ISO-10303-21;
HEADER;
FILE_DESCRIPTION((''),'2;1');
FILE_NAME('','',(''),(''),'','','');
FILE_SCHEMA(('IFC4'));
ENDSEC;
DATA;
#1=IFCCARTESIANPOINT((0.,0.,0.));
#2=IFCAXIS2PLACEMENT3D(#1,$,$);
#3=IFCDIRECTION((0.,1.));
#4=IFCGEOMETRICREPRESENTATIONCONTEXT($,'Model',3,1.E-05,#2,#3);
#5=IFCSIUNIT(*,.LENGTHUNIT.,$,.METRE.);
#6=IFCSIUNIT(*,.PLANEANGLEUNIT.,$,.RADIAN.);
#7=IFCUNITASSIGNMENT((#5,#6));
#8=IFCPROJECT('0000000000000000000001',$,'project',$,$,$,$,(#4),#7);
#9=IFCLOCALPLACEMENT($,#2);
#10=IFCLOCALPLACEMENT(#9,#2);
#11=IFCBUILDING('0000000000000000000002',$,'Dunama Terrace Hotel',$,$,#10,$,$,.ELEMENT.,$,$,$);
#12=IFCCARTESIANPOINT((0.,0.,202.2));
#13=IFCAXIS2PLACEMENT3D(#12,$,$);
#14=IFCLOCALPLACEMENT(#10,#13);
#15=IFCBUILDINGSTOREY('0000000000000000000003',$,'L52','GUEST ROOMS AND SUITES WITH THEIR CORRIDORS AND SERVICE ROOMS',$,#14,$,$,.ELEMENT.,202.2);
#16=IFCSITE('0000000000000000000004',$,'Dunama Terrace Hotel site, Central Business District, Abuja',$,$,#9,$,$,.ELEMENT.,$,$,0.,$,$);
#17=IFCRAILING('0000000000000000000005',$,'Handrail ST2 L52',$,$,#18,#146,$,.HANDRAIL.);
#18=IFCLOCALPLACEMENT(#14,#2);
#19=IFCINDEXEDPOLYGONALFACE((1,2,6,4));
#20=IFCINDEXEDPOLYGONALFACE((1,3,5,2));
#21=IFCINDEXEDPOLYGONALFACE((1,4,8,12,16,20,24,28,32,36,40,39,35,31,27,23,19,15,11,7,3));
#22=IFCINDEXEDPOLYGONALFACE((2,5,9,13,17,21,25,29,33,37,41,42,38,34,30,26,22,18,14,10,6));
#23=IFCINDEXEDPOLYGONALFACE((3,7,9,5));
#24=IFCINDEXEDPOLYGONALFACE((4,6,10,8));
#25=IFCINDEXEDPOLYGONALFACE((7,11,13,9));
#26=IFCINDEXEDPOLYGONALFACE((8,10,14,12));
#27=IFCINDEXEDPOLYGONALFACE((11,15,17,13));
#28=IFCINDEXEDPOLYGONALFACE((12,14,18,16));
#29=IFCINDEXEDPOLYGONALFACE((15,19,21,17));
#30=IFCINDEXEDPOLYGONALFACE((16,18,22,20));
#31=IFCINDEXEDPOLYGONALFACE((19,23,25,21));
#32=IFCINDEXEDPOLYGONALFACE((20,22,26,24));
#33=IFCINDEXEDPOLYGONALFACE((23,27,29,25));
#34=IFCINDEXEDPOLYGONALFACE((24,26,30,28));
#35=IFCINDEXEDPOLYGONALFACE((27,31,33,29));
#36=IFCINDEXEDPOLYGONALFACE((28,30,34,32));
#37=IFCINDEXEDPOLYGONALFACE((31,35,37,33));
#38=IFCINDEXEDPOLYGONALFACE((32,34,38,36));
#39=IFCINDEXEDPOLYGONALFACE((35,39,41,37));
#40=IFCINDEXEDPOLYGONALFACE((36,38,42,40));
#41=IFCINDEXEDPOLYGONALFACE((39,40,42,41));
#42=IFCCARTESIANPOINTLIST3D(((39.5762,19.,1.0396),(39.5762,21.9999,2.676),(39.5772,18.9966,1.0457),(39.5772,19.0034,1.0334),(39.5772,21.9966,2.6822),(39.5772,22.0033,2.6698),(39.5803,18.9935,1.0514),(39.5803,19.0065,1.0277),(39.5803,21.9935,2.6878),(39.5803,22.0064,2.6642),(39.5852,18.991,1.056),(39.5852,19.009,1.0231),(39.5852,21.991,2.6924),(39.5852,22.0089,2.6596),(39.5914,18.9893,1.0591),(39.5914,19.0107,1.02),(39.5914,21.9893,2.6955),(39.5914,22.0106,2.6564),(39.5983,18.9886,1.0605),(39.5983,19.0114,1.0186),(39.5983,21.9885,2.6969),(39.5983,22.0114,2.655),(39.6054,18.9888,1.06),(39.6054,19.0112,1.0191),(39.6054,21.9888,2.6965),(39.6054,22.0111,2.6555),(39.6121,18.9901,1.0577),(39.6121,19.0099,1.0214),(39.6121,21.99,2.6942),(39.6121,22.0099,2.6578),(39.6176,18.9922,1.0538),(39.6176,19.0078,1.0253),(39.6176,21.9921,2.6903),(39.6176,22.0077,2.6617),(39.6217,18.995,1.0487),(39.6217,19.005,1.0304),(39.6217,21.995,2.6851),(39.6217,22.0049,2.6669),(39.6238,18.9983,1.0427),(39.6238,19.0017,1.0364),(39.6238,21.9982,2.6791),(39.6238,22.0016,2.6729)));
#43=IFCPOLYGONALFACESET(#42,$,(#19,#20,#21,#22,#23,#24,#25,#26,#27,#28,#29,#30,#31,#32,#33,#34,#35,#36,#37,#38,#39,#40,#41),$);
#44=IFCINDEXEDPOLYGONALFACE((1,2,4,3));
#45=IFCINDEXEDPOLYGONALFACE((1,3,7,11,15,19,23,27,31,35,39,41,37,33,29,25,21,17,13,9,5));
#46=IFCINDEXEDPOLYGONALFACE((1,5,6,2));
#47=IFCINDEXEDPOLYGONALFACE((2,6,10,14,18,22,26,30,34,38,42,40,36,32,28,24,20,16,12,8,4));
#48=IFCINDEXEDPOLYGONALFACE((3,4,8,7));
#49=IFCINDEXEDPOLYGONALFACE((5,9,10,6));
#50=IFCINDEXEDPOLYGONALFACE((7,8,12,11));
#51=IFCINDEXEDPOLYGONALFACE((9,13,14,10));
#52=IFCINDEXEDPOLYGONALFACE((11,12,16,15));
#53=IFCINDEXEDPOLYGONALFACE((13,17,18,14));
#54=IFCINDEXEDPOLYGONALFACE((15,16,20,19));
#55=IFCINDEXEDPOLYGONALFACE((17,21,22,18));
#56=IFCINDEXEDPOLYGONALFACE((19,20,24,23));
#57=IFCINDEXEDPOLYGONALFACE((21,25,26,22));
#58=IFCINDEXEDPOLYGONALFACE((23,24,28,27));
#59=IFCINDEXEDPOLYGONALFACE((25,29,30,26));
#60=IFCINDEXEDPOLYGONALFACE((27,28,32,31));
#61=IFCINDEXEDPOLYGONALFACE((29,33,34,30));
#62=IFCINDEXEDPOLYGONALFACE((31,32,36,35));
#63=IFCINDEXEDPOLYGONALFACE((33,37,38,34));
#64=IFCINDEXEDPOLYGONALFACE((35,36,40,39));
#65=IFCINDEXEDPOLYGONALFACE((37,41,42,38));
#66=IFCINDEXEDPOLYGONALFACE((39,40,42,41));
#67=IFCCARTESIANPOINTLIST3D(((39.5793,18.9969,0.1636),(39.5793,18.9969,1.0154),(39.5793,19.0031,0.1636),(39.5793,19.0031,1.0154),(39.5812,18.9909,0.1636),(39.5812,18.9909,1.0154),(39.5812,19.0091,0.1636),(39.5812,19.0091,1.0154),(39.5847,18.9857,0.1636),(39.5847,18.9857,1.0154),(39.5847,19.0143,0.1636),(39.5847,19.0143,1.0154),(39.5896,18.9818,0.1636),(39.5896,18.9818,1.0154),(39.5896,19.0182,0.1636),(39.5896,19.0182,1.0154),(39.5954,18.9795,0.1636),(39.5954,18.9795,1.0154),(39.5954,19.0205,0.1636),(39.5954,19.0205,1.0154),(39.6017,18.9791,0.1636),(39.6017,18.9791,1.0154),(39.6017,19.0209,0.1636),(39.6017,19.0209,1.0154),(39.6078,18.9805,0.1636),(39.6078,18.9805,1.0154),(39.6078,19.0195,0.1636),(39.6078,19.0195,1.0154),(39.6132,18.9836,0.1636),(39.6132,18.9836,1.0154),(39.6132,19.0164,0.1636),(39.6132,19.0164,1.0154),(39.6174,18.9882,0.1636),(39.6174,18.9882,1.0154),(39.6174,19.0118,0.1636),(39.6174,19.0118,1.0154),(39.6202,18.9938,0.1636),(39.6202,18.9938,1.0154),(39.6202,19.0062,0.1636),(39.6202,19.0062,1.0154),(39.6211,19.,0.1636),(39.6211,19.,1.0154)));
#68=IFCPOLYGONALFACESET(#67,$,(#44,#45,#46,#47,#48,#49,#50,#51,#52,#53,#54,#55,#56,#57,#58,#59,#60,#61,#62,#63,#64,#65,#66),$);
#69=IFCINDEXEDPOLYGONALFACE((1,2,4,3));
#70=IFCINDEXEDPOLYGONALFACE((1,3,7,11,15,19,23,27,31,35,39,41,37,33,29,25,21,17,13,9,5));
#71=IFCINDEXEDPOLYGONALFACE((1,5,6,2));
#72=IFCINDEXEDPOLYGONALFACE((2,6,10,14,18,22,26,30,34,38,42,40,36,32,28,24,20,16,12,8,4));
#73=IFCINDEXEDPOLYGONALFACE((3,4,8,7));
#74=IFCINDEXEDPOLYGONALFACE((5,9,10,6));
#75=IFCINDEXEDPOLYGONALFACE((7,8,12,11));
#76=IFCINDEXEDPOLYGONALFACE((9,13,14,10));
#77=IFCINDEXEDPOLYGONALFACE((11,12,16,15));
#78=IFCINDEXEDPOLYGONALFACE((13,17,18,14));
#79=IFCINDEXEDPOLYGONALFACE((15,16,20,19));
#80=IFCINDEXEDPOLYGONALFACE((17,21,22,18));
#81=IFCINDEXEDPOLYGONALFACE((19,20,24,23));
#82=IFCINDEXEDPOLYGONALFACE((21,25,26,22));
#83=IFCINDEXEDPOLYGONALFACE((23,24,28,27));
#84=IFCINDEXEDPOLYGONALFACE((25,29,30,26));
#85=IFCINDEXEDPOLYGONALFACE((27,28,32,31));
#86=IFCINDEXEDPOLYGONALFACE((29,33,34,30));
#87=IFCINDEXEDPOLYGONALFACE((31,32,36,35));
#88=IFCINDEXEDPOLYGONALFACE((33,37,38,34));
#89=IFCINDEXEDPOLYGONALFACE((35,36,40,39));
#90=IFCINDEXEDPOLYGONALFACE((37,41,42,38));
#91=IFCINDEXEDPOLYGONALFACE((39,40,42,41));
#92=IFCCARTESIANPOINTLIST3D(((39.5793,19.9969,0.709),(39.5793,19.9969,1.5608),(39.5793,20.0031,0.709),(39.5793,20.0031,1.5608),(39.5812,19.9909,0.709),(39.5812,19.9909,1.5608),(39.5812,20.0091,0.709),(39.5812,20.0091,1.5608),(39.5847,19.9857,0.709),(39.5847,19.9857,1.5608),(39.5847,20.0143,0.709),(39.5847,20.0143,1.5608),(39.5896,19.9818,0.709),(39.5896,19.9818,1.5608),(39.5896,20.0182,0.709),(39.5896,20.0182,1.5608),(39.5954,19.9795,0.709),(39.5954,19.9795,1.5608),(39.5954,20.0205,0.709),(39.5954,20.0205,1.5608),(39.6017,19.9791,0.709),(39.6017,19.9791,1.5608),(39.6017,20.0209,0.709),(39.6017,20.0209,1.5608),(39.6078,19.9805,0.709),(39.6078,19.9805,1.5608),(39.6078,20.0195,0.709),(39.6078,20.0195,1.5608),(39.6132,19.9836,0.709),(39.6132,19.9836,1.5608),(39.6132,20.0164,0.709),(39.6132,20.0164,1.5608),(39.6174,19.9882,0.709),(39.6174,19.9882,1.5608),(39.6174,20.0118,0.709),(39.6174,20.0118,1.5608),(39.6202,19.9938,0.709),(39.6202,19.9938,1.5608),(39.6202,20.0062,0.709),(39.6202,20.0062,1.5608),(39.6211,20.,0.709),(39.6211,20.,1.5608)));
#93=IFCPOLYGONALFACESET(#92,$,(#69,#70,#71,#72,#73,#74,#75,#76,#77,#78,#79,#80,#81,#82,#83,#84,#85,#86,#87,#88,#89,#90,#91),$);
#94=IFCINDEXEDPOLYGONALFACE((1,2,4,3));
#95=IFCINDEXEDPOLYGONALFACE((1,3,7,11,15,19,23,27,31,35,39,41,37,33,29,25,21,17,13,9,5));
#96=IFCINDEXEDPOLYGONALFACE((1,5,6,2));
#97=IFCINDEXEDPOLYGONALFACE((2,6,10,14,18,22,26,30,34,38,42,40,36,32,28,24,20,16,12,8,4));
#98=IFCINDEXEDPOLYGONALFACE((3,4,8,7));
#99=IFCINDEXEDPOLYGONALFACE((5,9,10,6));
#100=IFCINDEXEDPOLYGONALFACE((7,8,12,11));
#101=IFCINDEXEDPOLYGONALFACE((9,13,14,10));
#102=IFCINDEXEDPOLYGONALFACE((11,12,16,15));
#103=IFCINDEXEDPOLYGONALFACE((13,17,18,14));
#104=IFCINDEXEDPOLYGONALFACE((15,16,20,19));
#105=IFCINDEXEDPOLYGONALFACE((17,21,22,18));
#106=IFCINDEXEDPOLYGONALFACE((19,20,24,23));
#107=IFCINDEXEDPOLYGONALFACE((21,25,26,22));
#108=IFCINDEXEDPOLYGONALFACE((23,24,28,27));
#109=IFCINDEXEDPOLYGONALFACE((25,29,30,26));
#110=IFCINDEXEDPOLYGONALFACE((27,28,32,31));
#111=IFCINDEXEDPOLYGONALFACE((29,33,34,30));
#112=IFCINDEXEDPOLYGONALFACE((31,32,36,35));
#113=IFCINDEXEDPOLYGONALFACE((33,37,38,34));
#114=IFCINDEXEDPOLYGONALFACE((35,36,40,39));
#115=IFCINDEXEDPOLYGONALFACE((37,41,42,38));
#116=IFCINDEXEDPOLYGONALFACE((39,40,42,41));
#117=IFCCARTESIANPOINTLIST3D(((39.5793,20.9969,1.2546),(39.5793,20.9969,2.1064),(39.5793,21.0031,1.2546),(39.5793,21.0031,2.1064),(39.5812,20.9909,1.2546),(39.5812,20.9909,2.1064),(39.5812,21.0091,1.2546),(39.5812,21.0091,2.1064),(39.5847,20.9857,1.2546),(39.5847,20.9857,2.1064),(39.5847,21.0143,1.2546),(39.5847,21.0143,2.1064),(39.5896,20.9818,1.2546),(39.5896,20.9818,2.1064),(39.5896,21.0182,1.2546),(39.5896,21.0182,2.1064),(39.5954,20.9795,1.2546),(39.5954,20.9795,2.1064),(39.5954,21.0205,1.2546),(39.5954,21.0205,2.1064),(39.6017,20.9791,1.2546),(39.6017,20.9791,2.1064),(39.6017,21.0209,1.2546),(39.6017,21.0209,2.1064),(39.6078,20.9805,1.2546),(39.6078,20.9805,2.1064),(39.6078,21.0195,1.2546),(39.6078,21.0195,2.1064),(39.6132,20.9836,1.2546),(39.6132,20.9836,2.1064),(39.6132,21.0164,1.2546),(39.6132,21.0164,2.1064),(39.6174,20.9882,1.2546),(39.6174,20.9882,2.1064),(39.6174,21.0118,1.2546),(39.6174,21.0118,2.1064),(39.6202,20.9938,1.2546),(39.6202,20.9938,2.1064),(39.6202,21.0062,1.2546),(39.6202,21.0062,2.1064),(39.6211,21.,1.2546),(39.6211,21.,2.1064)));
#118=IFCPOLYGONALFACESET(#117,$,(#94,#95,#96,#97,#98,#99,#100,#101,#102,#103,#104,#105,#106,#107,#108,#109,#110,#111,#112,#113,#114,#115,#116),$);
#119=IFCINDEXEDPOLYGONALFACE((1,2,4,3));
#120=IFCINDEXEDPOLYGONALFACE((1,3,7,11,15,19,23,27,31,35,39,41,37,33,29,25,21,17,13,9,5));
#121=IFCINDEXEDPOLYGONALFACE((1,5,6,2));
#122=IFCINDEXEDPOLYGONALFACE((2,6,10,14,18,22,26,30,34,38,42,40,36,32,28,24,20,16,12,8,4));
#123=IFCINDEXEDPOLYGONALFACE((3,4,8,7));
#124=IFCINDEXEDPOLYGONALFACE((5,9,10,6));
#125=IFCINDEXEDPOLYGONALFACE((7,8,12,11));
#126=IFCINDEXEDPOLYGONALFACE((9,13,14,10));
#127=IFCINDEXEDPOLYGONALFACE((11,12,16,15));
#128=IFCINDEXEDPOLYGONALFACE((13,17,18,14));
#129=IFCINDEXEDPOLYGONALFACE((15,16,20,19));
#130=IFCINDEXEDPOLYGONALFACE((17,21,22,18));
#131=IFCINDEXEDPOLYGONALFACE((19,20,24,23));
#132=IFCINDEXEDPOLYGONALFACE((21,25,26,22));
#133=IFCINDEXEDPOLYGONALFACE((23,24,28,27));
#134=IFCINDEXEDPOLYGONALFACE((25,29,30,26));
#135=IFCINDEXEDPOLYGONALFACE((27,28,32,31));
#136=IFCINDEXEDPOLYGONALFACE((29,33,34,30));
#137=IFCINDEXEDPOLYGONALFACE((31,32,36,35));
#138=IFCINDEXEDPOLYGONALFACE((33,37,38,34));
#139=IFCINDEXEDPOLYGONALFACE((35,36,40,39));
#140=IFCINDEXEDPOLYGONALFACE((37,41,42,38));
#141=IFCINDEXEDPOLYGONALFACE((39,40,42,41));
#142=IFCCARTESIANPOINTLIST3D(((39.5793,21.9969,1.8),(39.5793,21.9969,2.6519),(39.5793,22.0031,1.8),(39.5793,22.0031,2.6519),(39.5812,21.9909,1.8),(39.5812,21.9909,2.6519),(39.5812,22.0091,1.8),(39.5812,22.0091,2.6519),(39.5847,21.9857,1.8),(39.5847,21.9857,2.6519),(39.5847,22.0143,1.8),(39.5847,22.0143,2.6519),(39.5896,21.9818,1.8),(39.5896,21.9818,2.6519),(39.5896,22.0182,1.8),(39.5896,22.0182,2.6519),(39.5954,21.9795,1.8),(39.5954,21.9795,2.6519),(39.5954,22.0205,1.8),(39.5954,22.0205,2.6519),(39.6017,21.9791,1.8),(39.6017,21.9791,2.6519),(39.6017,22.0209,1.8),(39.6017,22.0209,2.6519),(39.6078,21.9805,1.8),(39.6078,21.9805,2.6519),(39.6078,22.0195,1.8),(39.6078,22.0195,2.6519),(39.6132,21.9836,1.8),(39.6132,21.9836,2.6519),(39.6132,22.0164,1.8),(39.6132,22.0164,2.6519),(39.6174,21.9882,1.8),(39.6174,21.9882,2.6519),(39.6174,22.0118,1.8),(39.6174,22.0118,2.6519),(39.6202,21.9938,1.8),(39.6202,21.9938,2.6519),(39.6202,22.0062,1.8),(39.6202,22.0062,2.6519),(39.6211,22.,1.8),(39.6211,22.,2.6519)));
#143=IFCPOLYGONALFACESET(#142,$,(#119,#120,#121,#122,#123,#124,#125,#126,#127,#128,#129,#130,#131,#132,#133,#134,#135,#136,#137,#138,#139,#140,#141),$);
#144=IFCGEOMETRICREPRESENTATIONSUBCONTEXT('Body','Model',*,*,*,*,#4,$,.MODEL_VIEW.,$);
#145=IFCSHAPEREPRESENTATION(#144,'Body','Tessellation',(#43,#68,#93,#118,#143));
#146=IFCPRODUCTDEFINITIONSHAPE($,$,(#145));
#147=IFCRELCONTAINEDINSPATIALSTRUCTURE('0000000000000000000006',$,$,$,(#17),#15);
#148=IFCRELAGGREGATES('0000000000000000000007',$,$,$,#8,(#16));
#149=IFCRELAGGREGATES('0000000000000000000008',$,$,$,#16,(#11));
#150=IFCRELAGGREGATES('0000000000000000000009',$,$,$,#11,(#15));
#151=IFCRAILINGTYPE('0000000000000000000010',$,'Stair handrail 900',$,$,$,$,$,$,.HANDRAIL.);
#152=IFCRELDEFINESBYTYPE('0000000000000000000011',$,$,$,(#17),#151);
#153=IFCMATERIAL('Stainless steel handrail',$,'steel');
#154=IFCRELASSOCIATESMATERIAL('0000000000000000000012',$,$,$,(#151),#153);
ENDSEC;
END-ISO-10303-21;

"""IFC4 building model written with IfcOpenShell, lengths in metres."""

from ifc_helpers import new_model, si_unit, direction, frame, origin, origin_2d, place, context, subcontext, project, spatial, circle, extrude, material, type_object, element, save


model = new_model("IFC4")

# Units and contexts
model_context = context("Model", 3, precision=1e-05, world=origin(), true_north=direction((0.0, 1.0)))
body_context = subcontext(model_context, "Body", "Model", "MODEL_VIEW")
ifc_project = project(units=[si_unit("LENGTHUNIT", "METRE"), si_unit("PLANEANGLEUNIT", "RADIAN")], contexts=[model_context])

# Site, building, storey
site_placement = place(None, origin())
site = spatial("IfcSite", under=ifc_project, at=site_placement, Name="Dunama Terrace Hotel site, Central Business District, Abuja", CompositionType="ELEMENT", RefElevation=0.0)
building_placement = place(site_placement, origin())
building = spatial("IfcBuilding", under=site, at=building_placement, Name="Dunama Terrace Hotel", CompositionType="ELEMENT")
storey_placement = place(building_placement, frame((0.0, 0.0, 202.2)))
storey = spatial("IfcBuildingStorey", under=building, at=storey_placement, Name="L52", Description="GUEST ROOMS AND SUITES WITH THEIR CORRIDORS AND SERVICE ROOMS", CompositionType="ELEMENT", Elevation=202.2)

# Railing
ifc_material_1 = material(Name="Stainless steel handrail", Category="steel")
railing_type_1 = type_object("IfcRailingType", Name="Stair handrail 900", PredefinedType="HANDRAIL", material=ifc_material_1)
railing_1_placement = place(storey_placement, frame((39.6001, 19.0, 0.1636)))
element("IfcRailing", 1, at=railing_1_placement, inside=storey, type_object=railing_type_1, Name="Handrail ST2 L52", PredefinedType="HANDRAIL", context=body_context, shape_type="SweptSolid", body=[
    extrude(circle(Radius=0.0239, at=origin_2d()), frame((0.0, 0.0, 0.876), z_axis=(0.0, 0.877882, 0.478877), x_axis=(-1.0, 0.0, 0.0)), (0.0, 0.0, 1.0), 3.4172),
    extrude(circle(Radius=0.021, at=origin_2d()), origin(), (0.0, 0.0, 1.0), 0.8518),
    extrude(circle(Radius=0.021, at=origin_2d()), frame((0.0, 1.0, 0.5454)), (0.0, 0.0, 1.0), 0.8518),
    extrude(circle(Radius=0.021, at=origin_2d()), frame((0.0, 2.0, 1.0911)), (0.0, 0.0, 1.0), 0.8518),
    extrude(circle(Radius=0.021, at=origin_2d()), frame((0.0, 3.0, 1.6365)), (0.0, 0.0, 1.0), 0.8518),
])

save(model, "model.ifc")
